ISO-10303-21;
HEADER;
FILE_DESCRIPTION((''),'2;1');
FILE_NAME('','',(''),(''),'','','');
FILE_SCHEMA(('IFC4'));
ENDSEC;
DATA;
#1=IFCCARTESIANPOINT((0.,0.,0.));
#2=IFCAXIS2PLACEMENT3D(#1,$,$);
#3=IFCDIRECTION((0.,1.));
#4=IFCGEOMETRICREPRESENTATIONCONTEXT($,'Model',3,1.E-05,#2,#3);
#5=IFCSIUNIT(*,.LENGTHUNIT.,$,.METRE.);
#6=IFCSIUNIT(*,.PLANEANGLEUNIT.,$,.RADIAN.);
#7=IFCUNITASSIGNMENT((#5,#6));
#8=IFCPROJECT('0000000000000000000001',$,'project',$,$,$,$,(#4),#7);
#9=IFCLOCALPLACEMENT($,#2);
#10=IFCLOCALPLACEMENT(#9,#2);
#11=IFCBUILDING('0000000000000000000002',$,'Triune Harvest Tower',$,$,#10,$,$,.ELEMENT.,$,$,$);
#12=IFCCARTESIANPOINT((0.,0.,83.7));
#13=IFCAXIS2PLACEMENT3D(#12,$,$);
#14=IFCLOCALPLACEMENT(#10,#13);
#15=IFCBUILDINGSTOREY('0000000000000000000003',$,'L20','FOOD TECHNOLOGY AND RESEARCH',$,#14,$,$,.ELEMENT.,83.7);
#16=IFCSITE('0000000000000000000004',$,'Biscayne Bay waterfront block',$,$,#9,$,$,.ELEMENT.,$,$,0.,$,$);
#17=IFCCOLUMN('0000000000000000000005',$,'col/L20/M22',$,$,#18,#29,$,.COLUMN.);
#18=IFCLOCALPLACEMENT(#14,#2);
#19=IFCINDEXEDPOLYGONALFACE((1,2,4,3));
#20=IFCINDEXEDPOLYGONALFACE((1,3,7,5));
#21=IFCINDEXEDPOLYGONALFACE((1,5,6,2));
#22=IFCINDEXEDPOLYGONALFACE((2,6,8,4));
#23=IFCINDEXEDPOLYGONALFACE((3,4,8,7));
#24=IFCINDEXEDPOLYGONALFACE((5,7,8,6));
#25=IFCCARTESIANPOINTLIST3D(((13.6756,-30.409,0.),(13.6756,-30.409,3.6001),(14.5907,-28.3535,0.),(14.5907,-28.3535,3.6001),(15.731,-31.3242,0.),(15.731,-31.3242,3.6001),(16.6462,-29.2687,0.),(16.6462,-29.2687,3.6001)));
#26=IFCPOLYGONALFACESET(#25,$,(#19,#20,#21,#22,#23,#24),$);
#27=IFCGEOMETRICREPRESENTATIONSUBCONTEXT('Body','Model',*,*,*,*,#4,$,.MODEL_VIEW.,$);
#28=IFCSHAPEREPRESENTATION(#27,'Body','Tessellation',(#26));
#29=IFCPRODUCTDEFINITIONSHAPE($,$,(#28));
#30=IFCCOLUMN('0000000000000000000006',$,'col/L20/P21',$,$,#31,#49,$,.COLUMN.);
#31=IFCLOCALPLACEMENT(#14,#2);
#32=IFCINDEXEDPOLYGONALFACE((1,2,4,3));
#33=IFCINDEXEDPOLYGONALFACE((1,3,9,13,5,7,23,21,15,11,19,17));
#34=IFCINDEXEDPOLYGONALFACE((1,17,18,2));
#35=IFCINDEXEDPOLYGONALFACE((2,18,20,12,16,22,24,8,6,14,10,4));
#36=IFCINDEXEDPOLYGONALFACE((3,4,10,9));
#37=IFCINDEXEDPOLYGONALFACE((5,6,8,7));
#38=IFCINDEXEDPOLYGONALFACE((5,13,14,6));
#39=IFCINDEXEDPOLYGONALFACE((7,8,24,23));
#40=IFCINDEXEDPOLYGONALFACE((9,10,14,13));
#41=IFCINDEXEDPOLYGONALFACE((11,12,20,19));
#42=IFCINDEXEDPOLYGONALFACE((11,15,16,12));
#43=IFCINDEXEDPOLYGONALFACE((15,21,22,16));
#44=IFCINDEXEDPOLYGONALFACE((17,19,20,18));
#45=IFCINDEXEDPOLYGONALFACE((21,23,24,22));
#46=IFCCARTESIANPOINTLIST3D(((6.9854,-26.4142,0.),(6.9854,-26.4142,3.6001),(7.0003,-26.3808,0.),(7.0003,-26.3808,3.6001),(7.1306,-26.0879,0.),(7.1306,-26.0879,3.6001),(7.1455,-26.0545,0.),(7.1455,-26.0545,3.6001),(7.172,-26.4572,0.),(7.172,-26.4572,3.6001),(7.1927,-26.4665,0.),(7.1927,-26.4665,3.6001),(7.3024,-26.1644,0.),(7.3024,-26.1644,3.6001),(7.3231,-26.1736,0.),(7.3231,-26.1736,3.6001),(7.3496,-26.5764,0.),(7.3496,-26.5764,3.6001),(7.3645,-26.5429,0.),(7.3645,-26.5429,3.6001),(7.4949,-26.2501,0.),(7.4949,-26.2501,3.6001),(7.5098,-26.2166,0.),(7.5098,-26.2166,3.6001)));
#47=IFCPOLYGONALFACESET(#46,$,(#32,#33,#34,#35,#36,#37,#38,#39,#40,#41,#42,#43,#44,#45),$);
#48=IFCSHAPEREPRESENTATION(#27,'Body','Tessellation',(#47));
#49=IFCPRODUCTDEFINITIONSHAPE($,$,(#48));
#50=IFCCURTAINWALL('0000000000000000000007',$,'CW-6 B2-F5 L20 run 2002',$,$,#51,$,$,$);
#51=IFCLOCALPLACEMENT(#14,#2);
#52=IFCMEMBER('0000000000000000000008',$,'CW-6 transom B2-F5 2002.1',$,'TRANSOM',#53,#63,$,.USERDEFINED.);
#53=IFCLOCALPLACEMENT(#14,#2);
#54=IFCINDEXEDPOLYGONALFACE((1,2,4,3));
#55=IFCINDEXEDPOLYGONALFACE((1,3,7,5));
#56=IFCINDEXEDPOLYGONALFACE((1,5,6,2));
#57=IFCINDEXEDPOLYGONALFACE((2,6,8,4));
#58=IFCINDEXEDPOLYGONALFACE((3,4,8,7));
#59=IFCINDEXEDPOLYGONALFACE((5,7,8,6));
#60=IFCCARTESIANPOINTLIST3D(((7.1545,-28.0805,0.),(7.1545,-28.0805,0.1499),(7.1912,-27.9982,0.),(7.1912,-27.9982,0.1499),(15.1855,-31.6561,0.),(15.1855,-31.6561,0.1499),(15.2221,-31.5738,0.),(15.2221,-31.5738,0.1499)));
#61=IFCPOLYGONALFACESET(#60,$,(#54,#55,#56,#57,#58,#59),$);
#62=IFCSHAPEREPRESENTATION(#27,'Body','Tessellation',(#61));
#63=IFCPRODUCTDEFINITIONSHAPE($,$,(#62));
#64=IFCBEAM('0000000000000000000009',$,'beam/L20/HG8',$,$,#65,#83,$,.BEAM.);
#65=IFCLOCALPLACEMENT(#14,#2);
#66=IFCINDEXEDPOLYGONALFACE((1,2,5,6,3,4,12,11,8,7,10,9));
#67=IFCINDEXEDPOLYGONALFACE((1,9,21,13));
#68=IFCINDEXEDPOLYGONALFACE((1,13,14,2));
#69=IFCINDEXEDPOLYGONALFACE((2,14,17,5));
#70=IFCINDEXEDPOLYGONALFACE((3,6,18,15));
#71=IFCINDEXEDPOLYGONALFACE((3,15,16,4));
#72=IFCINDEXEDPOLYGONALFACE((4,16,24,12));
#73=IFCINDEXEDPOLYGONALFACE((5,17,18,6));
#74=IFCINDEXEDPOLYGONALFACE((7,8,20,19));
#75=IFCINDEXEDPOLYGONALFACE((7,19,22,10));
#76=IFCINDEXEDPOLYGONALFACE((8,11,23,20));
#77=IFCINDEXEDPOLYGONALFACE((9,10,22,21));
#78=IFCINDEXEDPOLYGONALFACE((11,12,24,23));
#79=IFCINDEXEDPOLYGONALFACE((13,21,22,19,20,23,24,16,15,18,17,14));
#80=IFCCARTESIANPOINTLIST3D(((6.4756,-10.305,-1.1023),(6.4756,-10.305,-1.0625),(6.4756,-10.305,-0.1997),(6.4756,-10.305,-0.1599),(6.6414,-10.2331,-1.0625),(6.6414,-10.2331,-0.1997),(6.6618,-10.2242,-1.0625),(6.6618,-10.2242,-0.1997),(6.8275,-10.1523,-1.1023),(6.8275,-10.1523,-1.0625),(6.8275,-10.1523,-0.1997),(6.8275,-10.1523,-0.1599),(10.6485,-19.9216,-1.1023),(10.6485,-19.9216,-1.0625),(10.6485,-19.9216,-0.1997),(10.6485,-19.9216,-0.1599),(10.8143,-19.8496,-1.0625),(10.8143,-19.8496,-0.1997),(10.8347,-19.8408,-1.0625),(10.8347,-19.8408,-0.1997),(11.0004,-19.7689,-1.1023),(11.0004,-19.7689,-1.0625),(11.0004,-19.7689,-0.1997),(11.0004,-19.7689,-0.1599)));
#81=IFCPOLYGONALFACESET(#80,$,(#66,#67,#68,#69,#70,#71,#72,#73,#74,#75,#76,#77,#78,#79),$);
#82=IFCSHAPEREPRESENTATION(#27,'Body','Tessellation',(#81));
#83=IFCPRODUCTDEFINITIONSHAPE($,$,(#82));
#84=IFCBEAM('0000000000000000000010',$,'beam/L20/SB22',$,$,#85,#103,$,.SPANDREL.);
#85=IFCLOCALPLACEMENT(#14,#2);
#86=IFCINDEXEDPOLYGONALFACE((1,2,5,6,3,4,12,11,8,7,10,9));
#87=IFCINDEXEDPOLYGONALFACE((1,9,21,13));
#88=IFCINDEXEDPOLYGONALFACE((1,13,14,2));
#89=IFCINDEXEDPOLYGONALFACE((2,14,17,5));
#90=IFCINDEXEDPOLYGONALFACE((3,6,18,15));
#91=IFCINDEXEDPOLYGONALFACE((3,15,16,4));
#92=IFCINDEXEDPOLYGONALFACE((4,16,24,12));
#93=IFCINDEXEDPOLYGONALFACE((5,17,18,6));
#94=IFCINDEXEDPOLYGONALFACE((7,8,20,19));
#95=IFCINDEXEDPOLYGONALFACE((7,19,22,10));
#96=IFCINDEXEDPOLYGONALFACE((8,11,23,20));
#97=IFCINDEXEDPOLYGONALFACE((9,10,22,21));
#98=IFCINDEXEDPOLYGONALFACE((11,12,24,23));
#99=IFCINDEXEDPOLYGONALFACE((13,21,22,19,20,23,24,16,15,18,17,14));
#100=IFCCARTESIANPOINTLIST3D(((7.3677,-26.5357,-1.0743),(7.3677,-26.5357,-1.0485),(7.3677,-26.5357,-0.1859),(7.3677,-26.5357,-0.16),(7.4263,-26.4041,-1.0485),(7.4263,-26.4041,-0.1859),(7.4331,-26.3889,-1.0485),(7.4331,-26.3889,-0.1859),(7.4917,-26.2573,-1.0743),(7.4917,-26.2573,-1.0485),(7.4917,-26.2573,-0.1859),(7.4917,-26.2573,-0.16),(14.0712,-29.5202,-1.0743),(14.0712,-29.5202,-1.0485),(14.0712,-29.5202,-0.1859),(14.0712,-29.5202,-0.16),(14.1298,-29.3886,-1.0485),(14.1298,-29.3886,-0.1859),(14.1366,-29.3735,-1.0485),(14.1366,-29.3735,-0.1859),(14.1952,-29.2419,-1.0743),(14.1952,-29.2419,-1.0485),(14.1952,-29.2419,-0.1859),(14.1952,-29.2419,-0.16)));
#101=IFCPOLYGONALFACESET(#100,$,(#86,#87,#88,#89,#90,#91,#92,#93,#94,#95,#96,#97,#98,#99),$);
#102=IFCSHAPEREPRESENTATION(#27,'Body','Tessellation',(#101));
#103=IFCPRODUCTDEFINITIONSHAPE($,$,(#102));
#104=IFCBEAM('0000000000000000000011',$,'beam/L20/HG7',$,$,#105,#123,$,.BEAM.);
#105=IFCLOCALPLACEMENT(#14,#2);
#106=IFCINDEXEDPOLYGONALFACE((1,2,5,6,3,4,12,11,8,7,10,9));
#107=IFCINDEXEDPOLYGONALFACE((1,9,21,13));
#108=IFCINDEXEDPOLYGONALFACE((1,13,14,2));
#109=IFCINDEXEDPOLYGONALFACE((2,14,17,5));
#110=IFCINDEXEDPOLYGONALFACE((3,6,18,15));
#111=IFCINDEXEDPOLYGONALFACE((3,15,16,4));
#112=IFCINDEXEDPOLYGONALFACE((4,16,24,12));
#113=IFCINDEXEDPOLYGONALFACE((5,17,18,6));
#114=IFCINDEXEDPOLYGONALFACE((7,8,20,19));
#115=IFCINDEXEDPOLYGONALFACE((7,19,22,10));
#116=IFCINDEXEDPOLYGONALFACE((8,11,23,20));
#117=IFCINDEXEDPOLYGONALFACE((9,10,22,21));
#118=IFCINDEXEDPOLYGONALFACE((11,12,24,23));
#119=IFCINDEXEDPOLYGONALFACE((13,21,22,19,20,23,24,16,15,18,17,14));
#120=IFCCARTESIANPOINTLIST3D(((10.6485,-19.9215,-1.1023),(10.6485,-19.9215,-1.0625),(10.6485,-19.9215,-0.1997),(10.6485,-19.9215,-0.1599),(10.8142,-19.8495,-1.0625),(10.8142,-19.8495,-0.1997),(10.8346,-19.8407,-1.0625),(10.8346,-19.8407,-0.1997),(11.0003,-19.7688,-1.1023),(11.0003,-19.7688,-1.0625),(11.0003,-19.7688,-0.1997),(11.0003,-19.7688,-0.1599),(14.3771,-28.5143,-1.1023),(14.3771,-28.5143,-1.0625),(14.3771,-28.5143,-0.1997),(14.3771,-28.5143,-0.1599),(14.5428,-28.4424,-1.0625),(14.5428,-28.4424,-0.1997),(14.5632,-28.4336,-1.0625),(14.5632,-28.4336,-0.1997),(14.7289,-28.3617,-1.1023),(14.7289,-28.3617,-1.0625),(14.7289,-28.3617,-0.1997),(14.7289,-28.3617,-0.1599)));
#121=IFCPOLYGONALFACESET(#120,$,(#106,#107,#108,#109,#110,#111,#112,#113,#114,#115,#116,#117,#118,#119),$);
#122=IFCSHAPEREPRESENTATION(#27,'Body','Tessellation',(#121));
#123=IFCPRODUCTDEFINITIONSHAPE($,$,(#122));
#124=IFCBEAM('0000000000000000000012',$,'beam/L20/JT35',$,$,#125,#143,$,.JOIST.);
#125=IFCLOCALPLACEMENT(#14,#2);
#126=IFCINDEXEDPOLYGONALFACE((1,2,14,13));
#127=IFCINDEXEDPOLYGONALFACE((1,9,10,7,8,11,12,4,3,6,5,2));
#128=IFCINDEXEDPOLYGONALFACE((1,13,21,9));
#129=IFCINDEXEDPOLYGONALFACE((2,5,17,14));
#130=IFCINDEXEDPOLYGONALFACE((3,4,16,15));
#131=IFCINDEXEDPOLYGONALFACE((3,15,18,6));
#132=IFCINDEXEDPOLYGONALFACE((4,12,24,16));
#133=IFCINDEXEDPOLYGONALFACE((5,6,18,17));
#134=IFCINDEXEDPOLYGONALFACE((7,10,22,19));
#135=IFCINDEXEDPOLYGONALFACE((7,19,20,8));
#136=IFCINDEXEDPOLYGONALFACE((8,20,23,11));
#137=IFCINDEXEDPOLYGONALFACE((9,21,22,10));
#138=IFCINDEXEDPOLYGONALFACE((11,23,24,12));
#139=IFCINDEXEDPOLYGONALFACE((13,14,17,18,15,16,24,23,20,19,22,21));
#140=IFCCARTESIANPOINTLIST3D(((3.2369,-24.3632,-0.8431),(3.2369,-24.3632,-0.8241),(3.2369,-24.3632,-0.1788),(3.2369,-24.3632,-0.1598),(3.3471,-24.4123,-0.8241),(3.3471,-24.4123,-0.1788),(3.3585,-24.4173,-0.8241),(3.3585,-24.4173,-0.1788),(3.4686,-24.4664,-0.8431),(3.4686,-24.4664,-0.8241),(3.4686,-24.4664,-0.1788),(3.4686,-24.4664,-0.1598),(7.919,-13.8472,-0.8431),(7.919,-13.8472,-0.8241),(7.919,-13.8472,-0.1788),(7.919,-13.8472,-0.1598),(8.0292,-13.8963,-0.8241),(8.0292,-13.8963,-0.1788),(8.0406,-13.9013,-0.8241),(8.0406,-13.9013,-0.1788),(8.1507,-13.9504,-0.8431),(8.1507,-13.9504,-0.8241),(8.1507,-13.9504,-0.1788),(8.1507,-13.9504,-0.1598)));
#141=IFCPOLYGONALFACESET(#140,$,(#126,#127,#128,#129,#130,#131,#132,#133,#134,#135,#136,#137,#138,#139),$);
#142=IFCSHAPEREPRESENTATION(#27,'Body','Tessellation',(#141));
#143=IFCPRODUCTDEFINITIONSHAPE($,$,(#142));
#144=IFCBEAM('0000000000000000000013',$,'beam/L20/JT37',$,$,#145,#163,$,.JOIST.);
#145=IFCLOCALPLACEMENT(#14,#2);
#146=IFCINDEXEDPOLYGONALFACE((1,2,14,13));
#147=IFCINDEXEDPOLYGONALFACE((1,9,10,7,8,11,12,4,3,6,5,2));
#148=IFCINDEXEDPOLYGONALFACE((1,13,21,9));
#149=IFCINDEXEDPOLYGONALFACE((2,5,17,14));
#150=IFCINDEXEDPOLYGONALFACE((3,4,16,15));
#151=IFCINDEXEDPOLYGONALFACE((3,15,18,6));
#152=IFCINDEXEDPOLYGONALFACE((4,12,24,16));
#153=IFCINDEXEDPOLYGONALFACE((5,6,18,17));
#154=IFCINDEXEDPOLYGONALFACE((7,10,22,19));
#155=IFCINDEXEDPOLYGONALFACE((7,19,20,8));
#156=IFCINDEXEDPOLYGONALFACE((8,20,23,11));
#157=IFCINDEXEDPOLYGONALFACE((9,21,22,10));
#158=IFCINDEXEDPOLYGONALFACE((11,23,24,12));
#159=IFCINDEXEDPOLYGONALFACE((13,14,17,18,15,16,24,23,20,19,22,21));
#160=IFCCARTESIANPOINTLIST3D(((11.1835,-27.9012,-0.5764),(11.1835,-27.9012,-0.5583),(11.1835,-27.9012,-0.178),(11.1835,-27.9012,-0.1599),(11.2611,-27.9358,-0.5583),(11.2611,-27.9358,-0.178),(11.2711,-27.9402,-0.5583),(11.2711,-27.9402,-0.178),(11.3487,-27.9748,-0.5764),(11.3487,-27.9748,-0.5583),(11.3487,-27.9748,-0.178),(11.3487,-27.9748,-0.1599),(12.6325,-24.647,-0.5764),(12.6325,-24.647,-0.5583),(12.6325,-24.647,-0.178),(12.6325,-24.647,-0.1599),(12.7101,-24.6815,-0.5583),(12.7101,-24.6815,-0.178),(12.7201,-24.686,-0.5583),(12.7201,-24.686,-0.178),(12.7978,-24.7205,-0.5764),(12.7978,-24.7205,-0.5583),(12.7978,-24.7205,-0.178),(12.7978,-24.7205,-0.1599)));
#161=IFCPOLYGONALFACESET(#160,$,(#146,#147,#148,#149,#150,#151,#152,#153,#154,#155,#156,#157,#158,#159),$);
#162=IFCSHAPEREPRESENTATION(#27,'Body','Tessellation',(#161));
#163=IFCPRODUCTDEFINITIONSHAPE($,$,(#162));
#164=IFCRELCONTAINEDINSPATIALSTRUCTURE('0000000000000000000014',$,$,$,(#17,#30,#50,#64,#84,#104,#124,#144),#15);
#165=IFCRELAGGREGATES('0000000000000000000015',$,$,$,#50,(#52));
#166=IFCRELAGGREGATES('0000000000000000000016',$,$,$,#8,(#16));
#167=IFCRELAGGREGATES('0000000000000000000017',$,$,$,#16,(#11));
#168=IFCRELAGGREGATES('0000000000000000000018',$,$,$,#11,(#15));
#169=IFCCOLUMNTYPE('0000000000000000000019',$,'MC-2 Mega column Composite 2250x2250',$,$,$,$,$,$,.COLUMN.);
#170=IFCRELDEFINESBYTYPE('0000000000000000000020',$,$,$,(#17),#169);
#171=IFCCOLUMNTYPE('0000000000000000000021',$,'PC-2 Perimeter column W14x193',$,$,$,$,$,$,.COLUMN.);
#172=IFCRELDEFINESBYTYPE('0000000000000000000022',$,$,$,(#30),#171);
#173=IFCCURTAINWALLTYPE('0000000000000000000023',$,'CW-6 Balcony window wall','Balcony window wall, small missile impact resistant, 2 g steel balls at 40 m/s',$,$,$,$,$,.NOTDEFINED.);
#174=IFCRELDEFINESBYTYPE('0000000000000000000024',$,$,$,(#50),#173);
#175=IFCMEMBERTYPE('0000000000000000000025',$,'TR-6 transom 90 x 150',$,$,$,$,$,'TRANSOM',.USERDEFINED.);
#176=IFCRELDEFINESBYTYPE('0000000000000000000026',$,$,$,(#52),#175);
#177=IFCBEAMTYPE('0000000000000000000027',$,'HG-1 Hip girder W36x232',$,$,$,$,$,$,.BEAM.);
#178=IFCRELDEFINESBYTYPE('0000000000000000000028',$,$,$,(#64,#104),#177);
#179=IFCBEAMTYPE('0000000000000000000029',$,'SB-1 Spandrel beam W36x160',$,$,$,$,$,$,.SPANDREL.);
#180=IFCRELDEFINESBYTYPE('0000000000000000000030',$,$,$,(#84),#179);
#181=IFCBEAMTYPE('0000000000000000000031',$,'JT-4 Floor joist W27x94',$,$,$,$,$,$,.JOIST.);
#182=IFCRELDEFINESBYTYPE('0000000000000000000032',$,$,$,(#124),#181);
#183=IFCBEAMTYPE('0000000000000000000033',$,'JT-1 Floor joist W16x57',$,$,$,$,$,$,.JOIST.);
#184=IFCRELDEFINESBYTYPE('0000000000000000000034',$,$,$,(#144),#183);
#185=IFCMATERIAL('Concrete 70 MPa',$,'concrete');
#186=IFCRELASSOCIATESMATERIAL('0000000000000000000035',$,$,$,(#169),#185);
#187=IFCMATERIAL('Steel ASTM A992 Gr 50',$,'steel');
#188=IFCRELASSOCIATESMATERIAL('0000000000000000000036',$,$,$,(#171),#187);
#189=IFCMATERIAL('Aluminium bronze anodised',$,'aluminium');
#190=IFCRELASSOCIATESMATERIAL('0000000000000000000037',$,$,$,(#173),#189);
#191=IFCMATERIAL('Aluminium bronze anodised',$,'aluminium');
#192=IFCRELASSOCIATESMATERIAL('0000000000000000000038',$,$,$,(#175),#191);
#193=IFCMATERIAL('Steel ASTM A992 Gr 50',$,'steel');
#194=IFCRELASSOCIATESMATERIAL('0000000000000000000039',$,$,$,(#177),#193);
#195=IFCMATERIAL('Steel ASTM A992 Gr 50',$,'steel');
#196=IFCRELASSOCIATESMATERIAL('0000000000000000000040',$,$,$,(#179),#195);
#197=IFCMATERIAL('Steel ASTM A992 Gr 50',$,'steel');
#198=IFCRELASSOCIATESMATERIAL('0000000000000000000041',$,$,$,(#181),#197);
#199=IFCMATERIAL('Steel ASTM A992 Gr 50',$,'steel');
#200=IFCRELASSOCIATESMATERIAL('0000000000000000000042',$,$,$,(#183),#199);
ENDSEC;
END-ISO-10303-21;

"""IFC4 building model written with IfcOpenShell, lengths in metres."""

from ifc_helpers import new_model, si_unit, direction, frame, origin, origin_2d, place, context, subcontext, project, spatial, rectangle, i_section, extrude, source, transform, mapped, material, material_profile, profile_set, type_object, element, aggregate, save


model = new_model("IFC4")

# Units and contexts
model_context = context("Model", 3, precision=1e-05, world=origin(), true_north=direction((0.0, 1.0)))
body_context = subcontext(model_context, "Body", "Model", "MODEL_VIEW")
ifc_project = project(units=[si_unit("LENGTHUNIT", "METRE"), si_unit("PLANEANGLEUNIT", "RADIAN")], contexts=[model_context])

# Site, building, storey
site_placement = place(None, origin())
site = spatial("IfcSite", under=ifc_project, at=site_placement, Name="Biscayne Bay waterfront block", CompositionType="ELEMENT", RefElevation=0.0)
building_placement = place(site_placement, origin())
building = spatial("IfcBuilding", under=site, at=building_placement, Name="Triune Harvest Tower", CompositionType="ELEMENT")
storey_placement = place(building_placement, frame((0.0, 0.0, 83.7)))
storey = spatial("IfcBuildingStorey", under=building, at=storey_placement, Name="L20", Description="FOOD TECHNOLOGY AND RESEARCH", CompositionType="ELEMENT", Elevation=83.7)

# Columns
ifc_material_1 = material(Name="Concrete 70 MPa", Category="concrete")
ifc_material_profile_1 = material_profile(ifc_material_1, rectangle(XDim=2.25, YDim=2.25, at=origin_2d()), Name="Composite 2250x2250")
ifc_profile_set_1 = profile_set([ifc_material_profile_1], Name="Concrete 70 MPa")
column_type_1 = type_object("IfcColumnType", Name="MC-2 Mega column Composite 2250x2250", PredefinedType="COLUMN", material=ifc_profile_set_1)
shared_shape_1 = source(origin(), body_context, "Body", "SweptSolid", [
    extrude(rectangle(XDim=2.25, YDim=2.25, at=origin_2d()), origin(), (0.0, 0.0, 1.0), 3.6001),
])
column_1_placement = place(storey_placement, frame((15.1609, -29.8389, 0.0), z_axis=(0.0, 0.0, 1.0), x_axis=(0.913545, -0.406737, 0.0)))
element("IfcColumn", 1, at=column_1_placement, inside=storey, type_object=column_type_1, Name="col/L20/M22", PredefinedType="COLUMN", context=body_context, shape_type="MappedRepresentation", body=[
    mapped(shared_shape_1, transform((0.0, 0.0, 0.0), scale=1.0)),
])
ifc_material_2 = material(Name="Steel ASTM A992 Gr 50", Category="steel")
ifc_material_profile_2 = material_profile(ifc_material_2, i_section(OverallWidth=0.3987, OverallDepth=0.3938, WebThickness=0.0227, FlangeThickness=0.0366, at=origin_2d()), Name="W14x193")
ifc_profile_set_2 = profile_set([ifc_material_profile_2], Name="Steel ASTM A992 Gr 50")
column_type_2 = type_object("IfcColumnType", Name="PC-2 Perimeter column W14x193", PredefinedType="COLUMN", material=ifc_profile_set_2)
shared_shape_2 = source(origin(), body_context, "Body", "SweptSolid", [
    extrude(i_section(OverallWidth=0.3987, OverallDepth=0.3938, WebThickness=0.0227, FlangeThickness=0.0366, at=origin_2d()), origin(), (0.0, 0.0, 1.0), 3.6001),
])
column_2_placement = place(storey_placement, frame((7.2476, -26.3154, 0.0), z_axis=(0.0, 0.0, 1.0), x_axis=(0.913545, -0.406737, 0.0)))
element("IfcColumn", 2, at=column_2_placement, inside=storey, type_object=column_type_2, Name="col/L20/P21", PredefinedType="COLUMN", context=body_context, shape_type="MappedRepresentation", body=[
    mapped(shared_shape_2, transform((0.0, 0.0, 0.0), scale=1.0)),
])

# Curtain wall, member
ifc_material_3 = material(Name="Aluminium bronze anodised", Category="aluminium")
curtain_wall_type_1 = type_object("IfcCurtainWallType", Name="CW-6 Balcony window wall", Description="Balcony window wall, small missile impact resistant, 2 g steel balls at 40 m/s", PredefinedType="NOTDEFINED", material=ifc_material_3)
curtain_wall_1_placement = place(storey_placement, origin())
curtain_wall_1 = element("IfcCurtainWall", 3, at=curtain_wall_1_placement, inside=storey, type_object=curtain_wall_type_1, Name="CW-6 B2-F5 L20 run 2002")
ifc_material_4 = material(Name="Aluminium bronze anodised", Category="aluminium")
ifc_material_profile_3 = material_profile(ifc_material_4, rectangle(XDim=0.0901, YDim=0.1499, at=origin_2d()), Name="TR-6 transom 90 x 150")
ifc_profile_set_3 = profile_set([ifc_material_profile_3], Name="Aluminium bronze anodised")
member_type_1 = type_object("IfcMemberType", Name="TR-6 transom 90 x 150", ElementType="TRANSOM", PredefinedType="USERDEFINED", material=ifc_profile_set_3)
member_1_placement = place(storey_placement, frame((7.1729, -28.0393, 0.075), z_axis=(0.913543, -0.406741, 0.0), x_axis=(0.406741, 0.913543, 0.0)))
member_1 = element("IfcMember", 4, at=member_1_placement, type_object=member_type_1, Name="CW-6 transom B2-F5 2002.1", ObjectType="TRANSOM", PredefinedType="USERDEFINED", context=body_context, shape_type="SweptSolid", body=[
    extrude(rectangle(XDim=0.0901, YDim=0.1499, at=origin_2d()), origin(), (0.0, 0.0, 1.0), 8.791),
])

# Beams
ifc_material_5 = material(Name="Steel ASTM A992 Gr 50", Category="steel")
ifc_material_profile_4 = material_profile(ifc_material_5, i_section(OverallWidth=0.3835, OverallDepth=0.9424, WebThickness=0.0222, FlangeThickness=0.0398, at=origin_2d()), Name="W36x232")
ifc_profile_set_4 = profile_set([ifc_material_profile_4], Name="Steel ASTM A992 Gr 50")
beam_type_1 = type_object("IfcBeamType", Name="HG-1 Hip girder W36x232", PredefinedType="BEAM", material=ifc_profile_set_4)
shared_shape_3 = source(origin(), body_context, "Body", "SweptSolid", [
    extrude(i_section(OverallWidth=0.3835, OverallDepth=0.9424, WebThickness=0.0222, FlangeThickness=0.0398, at=origin_2d()), origin(), (0.0, 0.0, 1.0), 10.4829),
])
beam_1_placement = place(storey_placement, frame((10.8245, -19.8452, -0.6311), z_axis=(-0.398067, 0.917356, 0.0), x_axis=(-0.917356, -0.398067, 0.0)))
element("IfcBeam", 5, at=beam_1_placement, inside=storey, type_object=beam_type_1, Name="beam/L20/HG8", PredefinedType="BEAM", context=body_context, shape_type="MappedRepresentation", body=[
    mapped(shared_shape_3, transform((0.0, 0.0, 0.0), scale=1.0)),
])
ifc_material_6 = material(Name="Steel ASTM A992 Gr 50", Category="steel")
ifc_material_profile_5 = material_profile(ifc_material_6, i_section(OverallWidth=0.3047, OverallDepth=0.9143, WebThickness=0.0166, FlangeThickness=0.0259, at=origin_2d()), Name="W36x160")
ifc_profile_set_5 = profile_set([ifc_material_profile_5], Name="Steel ASTM A992 Gr 50")
beam_type_2 = type_object("IfcBeamType", Name="SB-1 Spandrel beam W36x160", PredefinedType="SPANDREL", material=ifc_profile_set_5)
shared_shape_4 = source(origin(), body_context, "Body", "SweptSolid", [
    extrude(i_section(OverallWidth=0.3047, OverallDepth=0.9143, WebThickness=0.0166, FlangeThickness=0.0259, at=origin_2d()), origin(), (0.0, 0.0, 1.0), 7.3379),
])
beam_2_placement = place(storey_placement, frame((7.4297, -26.3965, -0.6172), z_axis=(0.913547, -0.406734, 0.0), x_axis=(0.406734, 0.913547, 0.0)))
element("IfcBeam", 6, at=beam_2_placement, inside=storey, type_object=beam_type_2, Name="beam/L20/SB22", PredefinedType="SPANDREL", context=body_context, shape_type="MappedRepresentation", body=[
    mapped(shared_shape_4, transform((0.0, 0.0, 0.0), scale=1.0)),
])
shared_shape_5 = source(origin(), body_context, "Body", "SweptSolid", [
    extrude(i_section(OverallWidth=0.3835, OverallDepth=0.9424, WebThickness=0.0222, FlangeThickness=0.0398, at=origin_2d()), origin(), (0.0, 0.0, 1.0), 9.3669),
])
beam_3_placement = place(storey_placement, frame((14.553, -28.438, -0.6311), z_axis=(-0.398055, 0.917362, 0.0), x_axis=(-0.917362, -0.398055, 0.0)))
element("IfcBeam", 7, at=beam_3_placement, inside=storey, type_object=beam_type_1, Name="beam/L20/HG7", PredefinedType="BEAM", context=body_context, shape_type="MappedRepresentation", body=[
    mapped(shared_shape_5, transform((0.0, 0.0, 0.0), scale=1.0)),
])
ifc_material_7 = material(Name="Steel ASTM A992 Gr 50", Category="steel")
ifc_material_profile_6 = material_profile(ifc_material_7, i_section(OverallWidth=0.2537, OverallDepth=0.6833, WebThickness=0.0125, FlangeThickness=0.019, at=origin_2d()), Name="W27x94")
ifc_profile_set_6 = profile_set([ifc_material_profile_6], Name="Steel ASTM A992 Gr 50")
beam_type_3 = type_object("IfcBeamType", Name="JT-4 Floor joist W27x94", PredefinedType="JOIST", material=ifc_profile_set_6)
shared_shape_6 = source(origin(), body_context, "Body", "SweptSolid", [
    extrude(i_section(OverallWidth=0.2537, OverallDepth=0.6833, WebThickness=0.0125, FlangeThickness=0.019, at=origin_2d()), origin(), (0.0, 0.0, 1.0), 11.5112),
])
beam_4_placement = place(storey_placement, frame((3.3528, -24.4148, -0.5015), z_axis=(0.406741, 0.913544, 0.0), x_axis=(-0.913544, 0.406741, 0.0)))
element("IfcBeam", 8, at=beam_4_placement, inside=storey, type_object=beam_type_3, Name="beam/L20/JT35", PredefinedType="JOIST", context=body_context, shape_type="MappedRepresentation", body=[
    mapped(shared_shape_6, transform((0.0, 0.0, 0.0), scale=1.0)),
])
ifc_material_8 = material(Name="Steel ASTM A992 Gr 50", Category="steel")
ifc_material_profile_7 = material_profile(ifc_material_8, i_section(OverallWidth=0.1809, OverallDepth=0.4165, WebThickness=0.011, FlangeThickness=0.0181, at=origin_2d()), Name="W16x57")
ifc_profile_set_7 = profile_set([ifc_material_profile_7], Name="Steel ASTM A992 Gr 50")
beam_type_4 = type_object("IfcBeamType", Name="JT-1 Floor joist W16x57", PredefinedType="JOIST", material=ifc_profile_set_7)
shared_shape_7 = source(origin(), body_context, "Body", "SweptSolid", [
    extrude(i_section(OverallWidth=0.1809, OverallDepth=0.4165, WebThickness=0.011, FlangeThickness=0.0181, at=origin_2d()), origin(), (0.0, 0.0, 1.0), 3.5623),
])
beam_5_placement = place(storey_placement, frame((11.2661, -27.938, -0.3682), z_axis=(0.406768, 0.913532, 0.0), x_axis=(-0.913532, 0.406768, 0.0)))
element("IfcBeam", 9, at=beam_5_placement, inside=storey, type_object=beam_type_4, Name="beam/L20/JT37", PredefinedType="JOIST", context=body_context, shape_type="MappedRepresentation", body=[
    mapped(shared_shape_7, transform((0.0, 0.0, 0.0), scale=1.0)),
])

aggregate(curtain_wall_1, [member_1])

save(model, "model.ifc")
